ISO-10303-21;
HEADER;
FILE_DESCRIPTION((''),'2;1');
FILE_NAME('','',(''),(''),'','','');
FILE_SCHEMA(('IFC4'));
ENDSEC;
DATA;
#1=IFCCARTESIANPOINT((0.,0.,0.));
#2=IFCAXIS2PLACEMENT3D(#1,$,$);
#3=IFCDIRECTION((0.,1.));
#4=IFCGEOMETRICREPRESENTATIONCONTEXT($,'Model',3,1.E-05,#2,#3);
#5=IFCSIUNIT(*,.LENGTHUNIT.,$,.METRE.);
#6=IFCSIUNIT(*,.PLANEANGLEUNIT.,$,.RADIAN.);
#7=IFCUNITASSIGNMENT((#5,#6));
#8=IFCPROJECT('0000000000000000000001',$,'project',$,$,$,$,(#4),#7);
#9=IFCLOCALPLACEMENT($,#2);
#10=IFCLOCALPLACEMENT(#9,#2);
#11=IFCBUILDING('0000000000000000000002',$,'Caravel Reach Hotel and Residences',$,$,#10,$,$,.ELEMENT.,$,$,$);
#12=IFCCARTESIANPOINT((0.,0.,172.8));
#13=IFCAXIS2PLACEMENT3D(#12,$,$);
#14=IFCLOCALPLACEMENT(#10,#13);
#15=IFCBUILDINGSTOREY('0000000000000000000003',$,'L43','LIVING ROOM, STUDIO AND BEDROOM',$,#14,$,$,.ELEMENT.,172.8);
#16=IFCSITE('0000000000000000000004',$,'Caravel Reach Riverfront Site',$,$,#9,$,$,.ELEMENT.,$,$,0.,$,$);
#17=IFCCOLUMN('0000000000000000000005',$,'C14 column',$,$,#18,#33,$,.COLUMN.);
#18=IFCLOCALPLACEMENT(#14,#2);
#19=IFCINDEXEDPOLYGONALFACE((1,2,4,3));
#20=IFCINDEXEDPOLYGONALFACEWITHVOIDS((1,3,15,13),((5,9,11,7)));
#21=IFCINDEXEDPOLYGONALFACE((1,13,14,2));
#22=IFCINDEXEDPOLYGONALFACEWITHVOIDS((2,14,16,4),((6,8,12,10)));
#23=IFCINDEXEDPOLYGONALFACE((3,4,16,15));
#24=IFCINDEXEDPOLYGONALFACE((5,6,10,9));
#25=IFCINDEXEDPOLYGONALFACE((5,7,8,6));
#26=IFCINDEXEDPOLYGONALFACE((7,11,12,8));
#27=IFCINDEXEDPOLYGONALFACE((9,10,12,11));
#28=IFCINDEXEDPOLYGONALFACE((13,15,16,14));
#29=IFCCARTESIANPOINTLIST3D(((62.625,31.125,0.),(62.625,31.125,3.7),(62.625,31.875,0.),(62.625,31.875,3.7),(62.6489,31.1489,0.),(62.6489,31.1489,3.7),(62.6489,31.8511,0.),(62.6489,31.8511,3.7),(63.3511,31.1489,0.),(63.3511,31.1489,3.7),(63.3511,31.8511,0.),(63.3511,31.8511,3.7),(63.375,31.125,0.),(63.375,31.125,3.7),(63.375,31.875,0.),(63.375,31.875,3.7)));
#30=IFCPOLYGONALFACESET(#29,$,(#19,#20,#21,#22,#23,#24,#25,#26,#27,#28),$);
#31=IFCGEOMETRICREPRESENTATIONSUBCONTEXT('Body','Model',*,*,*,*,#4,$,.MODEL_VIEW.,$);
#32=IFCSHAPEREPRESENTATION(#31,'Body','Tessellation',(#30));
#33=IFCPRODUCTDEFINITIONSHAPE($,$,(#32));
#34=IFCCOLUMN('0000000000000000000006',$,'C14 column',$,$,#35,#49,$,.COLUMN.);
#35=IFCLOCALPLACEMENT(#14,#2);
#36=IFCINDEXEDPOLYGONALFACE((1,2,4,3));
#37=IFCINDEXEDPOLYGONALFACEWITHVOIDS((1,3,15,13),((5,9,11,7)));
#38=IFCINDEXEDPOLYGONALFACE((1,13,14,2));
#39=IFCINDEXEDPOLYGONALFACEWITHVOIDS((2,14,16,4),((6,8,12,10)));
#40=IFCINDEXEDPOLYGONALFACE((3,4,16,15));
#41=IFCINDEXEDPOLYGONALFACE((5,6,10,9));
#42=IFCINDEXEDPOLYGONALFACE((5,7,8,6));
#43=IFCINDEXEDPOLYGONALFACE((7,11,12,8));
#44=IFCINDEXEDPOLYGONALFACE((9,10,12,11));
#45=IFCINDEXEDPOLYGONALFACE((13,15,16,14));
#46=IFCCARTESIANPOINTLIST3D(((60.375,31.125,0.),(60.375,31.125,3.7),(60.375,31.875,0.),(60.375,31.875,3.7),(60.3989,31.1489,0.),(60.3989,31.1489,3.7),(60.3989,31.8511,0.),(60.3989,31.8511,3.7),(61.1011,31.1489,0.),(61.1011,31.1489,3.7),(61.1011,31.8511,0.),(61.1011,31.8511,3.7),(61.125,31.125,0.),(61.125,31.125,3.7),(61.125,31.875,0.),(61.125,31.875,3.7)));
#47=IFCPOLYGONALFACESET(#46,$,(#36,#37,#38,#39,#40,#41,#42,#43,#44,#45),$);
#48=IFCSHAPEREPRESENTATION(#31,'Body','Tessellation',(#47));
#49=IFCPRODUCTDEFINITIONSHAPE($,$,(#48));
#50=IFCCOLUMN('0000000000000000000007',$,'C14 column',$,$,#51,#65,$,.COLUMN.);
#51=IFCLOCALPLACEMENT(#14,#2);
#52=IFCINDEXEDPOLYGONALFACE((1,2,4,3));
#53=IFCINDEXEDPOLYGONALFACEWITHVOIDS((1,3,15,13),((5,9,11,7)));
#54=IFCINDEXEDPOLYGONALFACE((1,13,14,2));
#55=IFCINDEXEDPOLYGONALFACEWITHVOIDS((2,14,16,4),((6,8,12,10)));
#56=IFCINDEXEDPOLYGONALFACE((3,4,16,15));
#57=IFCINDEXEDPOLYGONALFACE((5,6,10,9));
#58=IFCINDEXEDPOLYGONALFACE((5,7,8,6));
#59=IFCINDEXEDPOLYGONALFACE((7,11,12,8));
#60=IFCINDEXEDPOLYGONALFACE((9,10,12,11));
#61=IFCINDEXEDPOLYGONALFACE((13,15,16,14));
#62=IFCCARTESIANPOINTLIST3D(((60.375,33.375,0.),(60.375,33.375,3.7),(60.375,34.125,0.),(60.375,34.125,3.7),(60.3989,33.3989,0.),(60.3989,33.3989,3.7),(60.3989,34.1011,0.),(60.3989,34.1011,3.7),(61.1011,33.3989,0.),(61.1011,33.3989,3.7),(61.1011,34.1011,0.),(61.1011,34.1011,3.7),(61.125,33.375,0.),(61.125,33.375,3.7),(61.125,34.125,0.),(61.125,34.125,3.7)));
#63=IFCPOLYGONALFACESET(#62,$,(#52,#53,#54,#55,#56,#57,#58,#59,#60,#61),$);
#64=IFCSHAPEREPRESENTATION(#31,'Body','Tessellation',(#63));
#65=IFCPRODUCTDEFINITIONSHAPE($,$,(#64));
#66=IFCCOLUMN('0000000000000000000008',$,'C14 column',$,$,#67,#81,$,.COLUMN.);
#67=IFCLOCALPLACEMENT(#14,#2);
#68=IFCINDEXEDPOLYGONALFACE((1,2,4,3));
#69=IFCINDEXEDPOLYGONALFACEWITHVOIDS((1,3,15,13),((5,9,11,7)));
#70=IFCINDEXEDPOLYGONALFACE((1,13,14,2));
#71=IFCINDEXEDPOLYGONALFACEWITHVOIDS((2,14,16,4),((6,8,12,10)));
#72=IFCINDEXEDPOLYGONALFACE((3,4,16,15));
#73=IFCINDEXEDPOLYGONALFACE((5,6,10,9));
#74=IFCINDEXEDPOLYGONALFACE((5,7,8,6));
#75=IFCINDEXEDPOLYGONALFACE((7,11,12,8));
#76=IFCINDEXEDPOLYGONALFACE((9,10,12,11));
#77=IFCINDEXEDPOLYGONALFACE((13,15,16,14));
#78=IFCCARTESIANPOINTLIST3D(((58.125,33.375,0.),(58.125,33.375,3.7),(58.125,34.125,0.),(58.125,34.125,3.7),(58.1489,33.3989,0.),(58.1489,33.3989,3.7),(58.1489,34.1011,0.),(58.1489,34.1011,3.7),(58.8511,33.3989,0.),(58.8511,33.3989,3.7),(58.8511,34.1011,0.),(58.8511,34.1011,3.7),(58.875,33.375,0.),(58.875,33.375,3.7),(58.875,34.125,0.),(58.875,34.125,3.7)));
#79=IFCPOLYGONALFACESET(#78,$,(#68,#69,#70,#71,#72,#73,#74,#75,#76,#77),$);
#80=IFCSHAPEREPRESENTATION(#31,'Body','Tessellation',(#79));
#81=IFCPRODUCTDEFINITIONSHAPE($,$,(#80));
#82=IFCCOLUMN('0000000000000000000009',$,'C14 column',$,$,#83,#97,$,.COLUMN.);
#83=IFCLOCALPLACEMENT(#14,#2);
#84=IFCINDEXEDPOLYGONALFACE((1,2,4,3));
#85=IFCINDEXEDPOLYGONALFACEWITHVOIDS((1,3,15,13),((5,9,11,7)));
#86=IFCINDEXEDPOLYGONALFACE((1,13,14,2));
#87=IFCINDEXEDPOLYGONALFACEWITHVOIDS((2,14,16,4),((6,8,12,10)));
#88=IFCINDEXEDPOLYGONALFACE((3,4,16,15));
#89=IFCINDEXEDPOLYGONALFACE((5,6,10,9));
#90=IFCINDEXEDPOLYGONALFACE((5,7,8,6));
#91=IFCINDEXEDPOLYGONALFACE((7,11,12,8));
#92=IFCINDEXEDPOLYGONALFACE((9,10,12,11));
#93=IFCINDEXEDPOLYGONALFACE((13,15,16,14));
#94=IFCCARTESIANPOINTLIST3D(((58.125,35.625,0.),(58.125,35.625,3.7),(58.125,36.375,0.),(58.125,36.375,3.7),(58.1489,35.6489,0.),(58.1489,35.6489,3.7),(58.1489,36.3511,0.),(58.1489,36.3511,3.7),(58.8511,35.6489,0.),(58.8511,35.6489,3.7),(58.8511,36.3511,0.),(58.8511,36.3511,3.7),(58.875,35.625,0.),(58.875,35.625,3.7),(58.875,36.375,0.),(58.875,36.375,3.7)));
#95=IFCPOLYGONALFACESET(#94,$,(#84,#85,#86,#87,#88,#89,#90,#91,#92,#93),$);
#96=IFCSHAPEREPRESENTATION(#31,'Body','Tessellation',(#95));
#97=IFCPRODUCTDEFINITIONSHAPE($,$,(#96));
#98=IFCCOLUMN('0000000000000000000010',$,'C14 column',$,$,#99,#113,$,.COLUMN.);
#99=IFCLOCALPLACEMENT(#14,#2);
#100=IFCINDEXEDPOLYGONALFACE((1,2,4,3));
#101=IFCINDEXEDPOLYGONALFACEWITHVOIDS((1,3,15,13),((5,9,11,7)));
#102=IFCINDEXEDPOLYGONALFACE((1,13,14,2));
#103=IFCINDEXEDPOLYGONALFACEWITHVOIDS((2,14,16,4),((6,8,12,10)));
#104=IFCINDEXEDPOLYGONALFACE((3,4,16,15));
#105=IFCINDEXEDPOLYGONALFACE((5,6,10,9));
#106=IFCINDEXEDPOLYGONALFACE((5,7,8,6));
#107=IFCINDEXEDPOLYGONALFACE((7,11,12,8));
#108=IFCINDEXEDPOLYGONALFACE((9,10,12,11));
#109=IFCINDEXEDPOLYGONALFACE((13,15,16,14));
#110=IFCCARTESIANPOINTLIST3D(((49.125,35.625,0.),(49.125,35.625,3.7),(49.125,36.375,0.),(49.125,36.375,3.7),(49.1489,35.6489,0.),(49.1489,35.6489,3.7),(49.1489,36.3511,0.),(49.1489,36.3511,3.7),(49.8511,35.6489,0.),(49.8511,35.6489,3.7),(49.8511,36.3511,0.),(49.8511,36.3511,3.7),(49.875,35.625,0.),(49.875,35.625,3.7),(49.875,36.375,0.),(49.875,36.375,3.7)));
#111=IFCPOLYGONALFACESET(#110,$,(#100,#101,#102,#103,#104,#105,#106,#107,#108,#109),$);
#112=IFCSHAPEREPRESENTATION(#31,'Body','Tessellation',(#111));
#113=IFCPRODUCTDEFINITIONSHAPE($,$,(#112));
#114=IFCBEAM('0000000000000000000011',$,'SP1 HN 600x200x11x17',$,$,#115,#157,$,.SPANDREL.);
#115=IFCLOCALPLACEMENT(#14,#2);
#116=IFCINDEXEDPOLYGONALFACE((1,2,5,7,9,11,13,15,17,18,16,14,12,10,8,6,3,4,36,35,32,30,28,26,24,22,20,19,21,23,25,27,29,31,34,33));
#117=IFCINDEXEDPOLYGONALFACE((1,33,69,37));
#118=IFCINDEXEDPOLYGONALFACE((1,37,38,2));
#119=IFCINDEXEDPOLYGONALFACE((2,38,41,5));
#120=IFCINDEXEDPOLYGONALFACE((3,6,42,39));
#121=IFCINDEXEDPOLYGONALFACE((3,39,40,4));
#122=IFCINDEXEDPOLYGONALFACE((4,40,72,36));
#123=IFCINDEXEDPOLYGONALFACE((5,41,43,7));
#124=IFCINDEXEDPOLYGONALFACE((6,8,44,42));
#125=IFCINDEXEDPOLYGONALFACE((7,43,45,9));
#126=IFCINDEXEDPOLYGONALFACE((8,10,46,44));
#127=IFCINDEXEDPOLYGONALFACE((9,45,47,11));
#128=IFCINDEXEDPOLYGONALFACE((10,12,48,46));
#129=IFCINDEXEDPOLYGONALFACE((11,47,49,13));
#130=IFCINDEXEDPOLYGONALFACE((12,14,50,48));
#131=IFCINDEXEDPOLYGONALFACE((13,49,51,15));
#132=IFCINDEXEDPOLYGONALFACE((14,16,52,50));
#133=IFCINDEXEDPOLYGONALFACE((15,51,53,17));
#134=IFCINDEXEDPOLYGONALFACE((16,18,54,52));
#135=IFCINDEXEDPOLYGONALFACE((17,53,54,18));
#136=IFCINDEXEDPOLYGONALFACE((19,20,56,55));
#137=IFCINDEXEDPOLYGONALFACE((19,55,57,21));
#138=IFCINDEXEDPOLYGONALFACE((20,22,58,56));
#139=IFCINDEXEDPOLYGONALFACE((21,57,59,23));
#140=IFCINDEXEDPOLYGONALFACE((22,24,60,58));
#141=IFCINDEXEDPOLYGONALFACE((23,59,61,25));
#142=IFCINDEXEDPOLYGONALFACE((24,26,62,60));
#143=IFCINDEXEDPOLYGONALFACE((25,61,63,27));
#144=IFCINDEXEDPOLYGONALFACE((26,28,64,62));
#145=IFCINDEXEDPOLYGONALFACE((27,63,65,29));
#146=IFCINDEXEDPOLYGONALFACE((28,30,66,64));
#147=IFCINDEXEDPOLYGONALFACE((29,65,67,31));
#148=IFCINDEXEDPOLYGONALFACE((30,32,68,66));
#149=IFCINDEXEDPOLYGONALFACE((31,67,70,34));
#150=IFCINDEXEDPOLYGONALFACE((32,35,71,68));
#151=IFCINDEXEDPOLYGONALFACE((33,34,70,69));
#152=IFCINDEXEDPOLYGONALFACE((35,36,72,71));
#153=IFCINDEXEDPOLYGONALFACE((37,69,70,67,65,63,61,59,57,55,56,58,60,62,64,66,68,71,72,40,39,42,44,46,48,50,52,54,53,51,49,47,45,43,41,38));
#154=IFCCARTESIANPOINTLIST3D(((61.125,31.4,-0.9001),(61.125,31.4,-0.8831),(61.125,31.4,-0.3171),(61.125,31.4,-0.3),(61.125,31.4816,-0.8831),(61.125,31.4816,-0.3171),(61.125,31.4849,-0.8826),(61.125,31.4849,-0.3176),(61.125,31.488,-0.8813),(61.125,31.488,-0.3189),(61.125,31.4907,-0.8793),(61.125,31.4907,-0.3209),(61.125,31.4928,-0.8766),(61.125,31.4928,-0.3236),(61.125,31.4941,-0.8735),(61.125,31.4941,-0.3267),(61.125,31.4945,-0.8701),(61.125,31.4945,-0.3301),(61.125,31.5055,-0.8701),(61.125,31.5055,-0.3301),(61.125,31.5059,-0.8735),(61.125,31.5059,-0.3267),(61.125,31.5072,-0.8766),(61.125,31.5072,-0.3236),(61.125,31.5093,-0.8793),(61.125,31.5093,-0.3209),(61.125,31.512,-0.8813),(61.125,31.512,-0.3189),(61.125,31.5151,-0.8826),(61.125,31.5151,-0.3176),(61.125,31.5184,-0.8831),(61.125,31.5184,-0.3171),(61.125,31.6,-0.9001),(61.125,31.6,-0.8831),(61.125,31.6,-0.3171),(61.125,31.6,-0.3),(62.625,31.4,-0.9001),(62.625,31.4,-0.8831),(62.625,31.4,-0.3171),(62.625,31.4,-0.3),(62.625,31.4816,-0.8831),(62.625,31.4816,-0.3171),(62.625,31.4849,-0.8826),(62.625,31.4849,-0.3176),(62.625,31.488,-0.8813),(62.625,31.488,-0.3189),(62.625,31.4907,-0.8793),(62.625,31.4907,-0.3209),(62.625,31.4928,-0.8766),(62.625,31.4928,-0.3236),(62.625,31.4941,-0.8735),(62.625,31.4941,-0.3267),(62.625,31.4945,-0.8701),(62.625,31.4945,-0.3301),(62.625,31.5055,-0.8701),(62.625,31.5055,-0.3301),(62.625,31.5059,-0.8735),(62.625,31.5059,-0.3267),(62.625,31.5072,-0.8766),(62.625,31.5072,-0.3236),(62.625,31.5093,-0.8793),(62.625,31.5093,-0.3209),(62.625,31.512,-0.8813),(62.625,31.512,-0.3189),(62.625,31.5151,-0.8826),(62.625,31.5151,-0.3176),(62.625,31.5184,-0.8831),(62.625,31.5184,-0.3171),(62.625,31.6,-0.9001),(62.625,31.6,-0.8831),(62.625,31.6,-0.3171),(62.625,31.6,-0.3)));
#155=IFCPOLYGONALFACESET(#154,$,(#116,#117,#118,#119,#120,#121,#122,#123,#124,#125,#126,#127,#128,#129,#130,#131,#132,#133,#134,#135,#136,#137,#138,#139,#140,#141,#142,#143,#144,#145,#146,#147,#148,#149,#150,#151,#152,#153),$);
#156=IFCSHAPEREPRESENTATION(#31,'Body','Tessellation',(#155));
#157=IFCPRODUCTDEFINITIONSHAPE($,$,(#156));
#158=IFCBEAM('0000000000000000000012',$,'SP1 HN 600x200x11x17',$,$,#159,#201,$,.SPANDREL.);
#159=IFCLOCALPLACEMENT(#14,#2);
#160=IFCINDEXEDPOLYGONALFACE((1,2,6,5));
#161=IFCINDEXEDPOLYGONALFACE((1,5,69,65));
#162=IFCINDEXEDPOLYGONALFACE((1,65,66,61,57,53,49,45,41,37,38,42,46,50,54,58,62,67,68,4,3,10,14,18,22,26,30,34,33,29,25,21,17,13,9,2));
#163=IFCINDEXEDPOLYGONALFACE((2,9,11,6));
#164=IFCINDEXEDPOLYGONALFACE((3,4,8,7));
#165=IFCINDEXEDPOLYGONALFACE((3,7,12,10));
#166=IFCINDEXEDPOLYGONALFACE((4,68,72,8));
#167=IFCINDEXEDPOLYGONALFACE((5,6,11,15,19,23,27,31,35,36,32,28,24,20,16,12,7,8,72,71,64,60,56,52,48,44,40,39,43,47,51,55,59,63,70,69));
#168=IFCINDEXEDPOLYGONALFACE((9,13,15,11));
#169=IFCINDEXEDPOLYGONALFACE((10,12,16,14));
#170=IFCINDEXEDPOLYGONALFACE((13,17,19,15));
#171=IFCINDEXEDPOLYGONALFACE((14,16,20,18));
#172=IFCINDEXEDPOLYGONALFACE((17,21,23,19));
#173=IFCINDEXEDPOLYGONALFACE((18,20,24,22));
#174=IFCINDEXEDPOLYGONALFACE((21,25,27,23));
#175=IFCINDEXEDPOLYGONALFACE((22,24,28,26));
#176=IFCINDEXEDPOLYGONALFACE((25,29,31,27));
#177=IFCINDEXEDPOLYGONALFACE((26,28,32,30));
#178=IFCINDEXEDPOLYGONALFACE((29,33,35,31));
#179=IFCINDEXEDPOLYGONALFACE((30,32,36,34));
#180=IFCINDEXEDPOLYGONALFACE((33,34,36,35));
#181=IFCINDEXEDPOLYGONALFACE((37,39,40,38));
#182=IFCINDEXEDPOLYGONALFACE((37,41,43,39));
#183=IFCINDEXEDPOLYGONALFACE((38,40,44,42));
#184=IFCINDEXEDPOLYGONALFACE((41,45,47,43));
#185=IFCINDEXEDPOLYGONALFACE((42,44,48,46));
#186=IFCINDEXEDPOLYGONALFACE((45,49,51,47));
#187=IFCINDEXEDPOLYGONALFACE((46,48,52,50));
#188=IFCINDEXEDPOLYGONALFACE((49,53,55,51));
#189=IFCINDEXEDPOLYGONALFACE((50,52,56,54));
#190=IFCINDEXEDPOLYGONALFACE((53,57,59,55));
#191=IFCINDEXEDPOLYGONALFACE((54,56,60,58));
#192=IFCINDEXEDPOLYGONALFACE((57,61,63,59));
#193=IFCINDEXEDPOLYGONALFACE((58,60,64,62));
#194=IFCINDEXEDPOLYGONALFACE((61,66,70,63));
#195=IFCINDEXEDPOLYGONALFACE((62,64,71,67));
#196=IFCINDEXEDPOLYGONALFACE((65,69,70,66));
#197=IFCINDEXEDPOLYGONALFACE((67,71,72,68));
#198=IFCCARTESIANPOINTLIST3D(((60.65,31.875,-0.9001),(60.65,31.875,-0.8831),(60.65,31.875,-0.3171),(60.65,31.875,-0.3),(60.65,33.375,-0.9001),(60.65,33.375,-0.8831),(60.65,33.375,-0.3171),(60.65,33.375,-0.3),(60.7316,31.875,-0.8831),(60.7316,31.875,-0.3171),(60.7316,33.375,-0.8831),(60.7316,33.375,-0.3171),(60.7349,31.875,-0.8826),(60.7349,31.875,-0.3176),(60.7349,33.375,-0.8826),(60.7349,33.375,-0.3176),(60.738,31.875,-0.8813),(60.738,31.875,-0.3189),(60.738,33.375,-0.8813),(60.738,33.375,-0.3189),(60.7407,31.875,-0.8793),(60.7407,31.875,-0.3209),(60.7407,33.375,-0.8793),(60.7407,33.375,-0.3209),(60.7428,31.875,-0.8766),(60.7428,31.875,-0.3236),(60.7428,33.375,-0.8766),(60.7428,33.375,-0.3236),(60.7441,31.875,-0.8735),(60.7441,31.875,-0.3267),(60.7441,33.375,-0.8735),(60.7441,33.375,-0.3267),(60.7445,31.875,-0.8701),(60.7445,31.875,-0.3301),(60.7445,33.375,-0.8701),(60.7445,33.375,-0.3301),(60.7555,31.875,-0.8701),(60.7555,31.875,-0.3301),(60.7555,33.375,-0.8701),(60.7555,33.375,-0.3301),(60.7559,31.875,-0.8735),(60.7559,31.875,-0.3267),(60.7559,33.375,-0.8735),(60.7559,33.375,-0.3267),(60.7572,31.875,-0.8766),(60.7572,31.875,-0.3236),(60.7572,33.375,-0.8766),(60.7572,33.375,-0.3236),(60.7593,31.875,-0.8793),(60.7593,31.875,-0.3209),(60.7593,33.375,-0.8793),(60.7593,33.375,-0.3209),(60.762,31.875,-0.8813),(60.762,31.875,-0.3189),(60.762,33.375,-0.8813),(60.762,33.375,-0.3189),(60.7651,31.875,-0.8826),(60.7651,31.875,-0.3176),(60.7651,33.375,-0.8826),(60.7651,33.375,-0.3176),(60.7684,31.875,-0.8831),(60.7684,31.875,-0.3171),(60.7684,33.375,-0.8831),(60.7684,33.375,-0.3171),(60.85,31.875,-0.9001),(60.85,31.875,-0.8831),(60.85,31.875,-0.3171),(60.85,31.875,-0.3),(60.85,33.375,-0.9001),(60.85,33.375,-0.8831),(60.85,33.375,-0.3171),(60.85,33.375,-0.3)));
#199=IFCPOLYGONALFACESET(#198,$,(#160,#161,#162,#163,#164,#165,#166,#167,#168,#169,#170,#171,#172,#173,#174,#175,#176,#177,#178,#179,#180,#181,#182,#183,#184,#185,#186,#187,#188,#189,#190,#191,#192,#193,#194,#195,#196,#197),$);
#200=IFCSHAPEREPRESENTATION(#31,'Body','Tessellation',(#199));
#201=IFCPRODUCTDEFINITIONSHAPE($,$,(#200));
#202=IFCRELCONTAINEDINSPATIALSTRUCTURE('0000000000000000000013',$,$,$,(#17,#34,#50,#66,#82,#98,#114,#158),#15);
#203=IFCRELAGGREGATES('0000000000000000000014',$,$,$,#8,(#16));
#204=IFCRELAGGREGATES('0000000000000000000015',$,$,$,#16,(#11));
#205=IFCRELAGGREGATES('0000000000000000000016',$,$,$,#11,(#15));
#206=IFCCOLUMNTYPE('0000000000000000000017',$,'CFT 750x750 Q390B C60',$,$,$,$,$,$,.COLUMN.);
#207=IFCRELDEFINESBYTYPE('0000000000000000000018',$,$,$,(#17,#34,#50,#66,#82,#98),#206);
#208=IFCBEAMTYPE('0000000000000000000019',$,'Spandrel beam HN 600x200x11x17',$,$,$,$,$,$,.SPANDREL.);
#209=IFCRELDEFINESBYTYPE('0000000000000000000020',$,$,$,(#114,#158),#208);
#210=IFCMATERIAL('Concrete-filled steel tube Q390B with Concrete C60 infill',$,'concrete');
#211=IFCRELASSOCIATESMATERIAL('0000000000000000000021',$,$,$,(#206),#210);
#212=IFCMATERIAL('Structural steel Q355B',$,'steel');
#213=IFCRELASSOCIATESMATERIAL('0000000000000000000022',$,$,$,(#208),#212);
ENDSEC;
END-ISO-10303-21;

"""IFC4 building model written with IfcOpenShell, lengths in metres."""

from ifc_helpers import new_model, si_unit, direction, frame, origin, origin_2d, place, context, subcontext, project, spatial, hollow_rectangle, i_section, extrude, material, material_profile, profile_set, type_object, element, save


model = new_model("IFC4")

# Units and contexts
model_context = context("Model", 3, precision=1e-05, world=origin(), true_north=direction((0.0, 1.0)))
body_context = subcontext(model_context, "Body", "Model", "MODEL_VIEW")
ifc_project = project(units=[si_unit("LENGTHUNIT", "METRE"), si_unit("PLANEANGLEUNIT", "RADIAN")], contexts=[model_context])

# Site, building, storey
site_placement = place(None, origin())
site = spatial("IfcSite", under=ifc_project, at=site_placement, Name="Caravel Reach Riverfront Site", CompositionType="ELEMENT", RefElevation=0.0)
building_placement = place(site_placement, origin())
building = spatial("IfcBuilding", under=site, at=building_placement, Name="Caravel Reach Hotel and Residences", CompositionType="ELEMENT")
storey_placement = place(building_placement, frame((0.0, 0.0, 172.8)))
storey = spatial("IfcBuildingStorey", under=building, at=storey_placement, Name="L43", Description="LIVING ROOM, STUDIO AND BEDROOM", CompositionType="ELEMENT", Elevation=172.8)

# Columns
ifc_material_1 = material(Name="Concrete-filled steel tube Q390B with Concrete C60 infill", Category="concrete")
ifc_material_profile_1 = material_profile(ifc_material_1, hollow_rectangle(XDim=0.75, YDim=0.75, WallThickness=0.0239, at=origin_2d()), Name="RHS 750x750x24")
ifc_profile_set_1 = profile_set([ifc_material_profile_1], Name="Concrete-filled steel tube Q390B with Concrete C60 infill")
column_type = type_object("IfcColumnType", Name="CFT 750x750 Q390B C60", PredefinedType="COLUMN", material=ifc_profile_set_1)
for number, where, z_axis, x_axis, name in (
    (1, (63.0, 31.5, 0.0), (0.0, 0.0, 1.0), (1.0, 0.0, 0.0), "C14 column"),
    (2, (60.75, 31.5, 0.0), (0.0, 0.0, 1.0), (1.0, 0.0, 0.0), "C14 column"),
    (3, (60.75, 33.75, 0.0), (0.0, 0.0, 1.0), (1.0, 0.0, 0.0), "C14 column"),
    (4, (58.5, 33.75, 0.0), (0.0, 0.0, 1.0), (1.0, 0.0, 0.0), "C14 column"),
    (5, (58.5, 36.0, 0.0), (0.0, 0.0, 1.0), (1.0, 0.0, 0.0), "C14 column"),
    (6, (49.5, 36.0, 0.0), (0.0, 0.0, 1.0), (1.0, 0.0, 0.0), "C14 column"),
):
    element("IfcColumn", number, at=place(storey_placement, frame(where, z_axis=z_axis, x_axis=x_axis)), inside=storey, type_object=column_type, Name=name, PredefinedType="COLUMN", context=body_context, shape_type="SweptSolid", body=[
        extrude(hollow_rectangle(XDim=0.75, YDim=0.75, WallThickness=0.0239, at=origin_2d()), origin(), (0.0, 0.0, 1.0), 3.7),
    ])

# Beams
ifc_material_2 = material(Name="Structural steel Q355B", Category="steel")
ifc_material_profile_2 = material_profile(ifc_material_2, i_section(OverallWidth=0.2, OverallDepth=0.6001, WebThickness=0.011, FlangeThickness=0.0171, FilletRadius=0.0129, at=origin_2d()), Name="HN 600x200x11x17")
ifc_profile_set_2 = profile_set([ifc_material_profile_2], Name="Structural steel Q355B")
beam_type = type_object("IfcBeamType", Name="Spandrel beam HN 600x200x11x17", PredefinedType="SPANDREL", material=ifc_profile_set_2)
for number, where, z_axis, x_axis, name in (
    (7, (62.625, 31.5, -0.6001), (-1.0, 0.0, 0.0), (0.0, -1.0, 0.0), "SP1 HN 600x200x11x17"),
    (8, (60.75, 31.875, -0.6001), (0.0, 1.0, 0.0), (-1.0, 0.0, 0.0), "SP1 HN 600x200x11x17"),
):
    element("IfcBeam", number, at=place(storey_placement, frame(where, z_axis=z_axis, x_axis=x_axis)), inside=storey, type_object=beam_type, Name=name, PredefinedType="SPANDREL", context=body_context, shape_type="SweptSolid", body=[
        extrude(i_section(OverallWidth=0.2, OverallDepth=0.6001, WebThickness=0.011, FlangeThickness=0.0171, FilletRadius=0.0129, at=origin_2d()), origin(), (0.0, 0.0, 1.0), 1.5),
    ])

save(model, "model.ifc")
